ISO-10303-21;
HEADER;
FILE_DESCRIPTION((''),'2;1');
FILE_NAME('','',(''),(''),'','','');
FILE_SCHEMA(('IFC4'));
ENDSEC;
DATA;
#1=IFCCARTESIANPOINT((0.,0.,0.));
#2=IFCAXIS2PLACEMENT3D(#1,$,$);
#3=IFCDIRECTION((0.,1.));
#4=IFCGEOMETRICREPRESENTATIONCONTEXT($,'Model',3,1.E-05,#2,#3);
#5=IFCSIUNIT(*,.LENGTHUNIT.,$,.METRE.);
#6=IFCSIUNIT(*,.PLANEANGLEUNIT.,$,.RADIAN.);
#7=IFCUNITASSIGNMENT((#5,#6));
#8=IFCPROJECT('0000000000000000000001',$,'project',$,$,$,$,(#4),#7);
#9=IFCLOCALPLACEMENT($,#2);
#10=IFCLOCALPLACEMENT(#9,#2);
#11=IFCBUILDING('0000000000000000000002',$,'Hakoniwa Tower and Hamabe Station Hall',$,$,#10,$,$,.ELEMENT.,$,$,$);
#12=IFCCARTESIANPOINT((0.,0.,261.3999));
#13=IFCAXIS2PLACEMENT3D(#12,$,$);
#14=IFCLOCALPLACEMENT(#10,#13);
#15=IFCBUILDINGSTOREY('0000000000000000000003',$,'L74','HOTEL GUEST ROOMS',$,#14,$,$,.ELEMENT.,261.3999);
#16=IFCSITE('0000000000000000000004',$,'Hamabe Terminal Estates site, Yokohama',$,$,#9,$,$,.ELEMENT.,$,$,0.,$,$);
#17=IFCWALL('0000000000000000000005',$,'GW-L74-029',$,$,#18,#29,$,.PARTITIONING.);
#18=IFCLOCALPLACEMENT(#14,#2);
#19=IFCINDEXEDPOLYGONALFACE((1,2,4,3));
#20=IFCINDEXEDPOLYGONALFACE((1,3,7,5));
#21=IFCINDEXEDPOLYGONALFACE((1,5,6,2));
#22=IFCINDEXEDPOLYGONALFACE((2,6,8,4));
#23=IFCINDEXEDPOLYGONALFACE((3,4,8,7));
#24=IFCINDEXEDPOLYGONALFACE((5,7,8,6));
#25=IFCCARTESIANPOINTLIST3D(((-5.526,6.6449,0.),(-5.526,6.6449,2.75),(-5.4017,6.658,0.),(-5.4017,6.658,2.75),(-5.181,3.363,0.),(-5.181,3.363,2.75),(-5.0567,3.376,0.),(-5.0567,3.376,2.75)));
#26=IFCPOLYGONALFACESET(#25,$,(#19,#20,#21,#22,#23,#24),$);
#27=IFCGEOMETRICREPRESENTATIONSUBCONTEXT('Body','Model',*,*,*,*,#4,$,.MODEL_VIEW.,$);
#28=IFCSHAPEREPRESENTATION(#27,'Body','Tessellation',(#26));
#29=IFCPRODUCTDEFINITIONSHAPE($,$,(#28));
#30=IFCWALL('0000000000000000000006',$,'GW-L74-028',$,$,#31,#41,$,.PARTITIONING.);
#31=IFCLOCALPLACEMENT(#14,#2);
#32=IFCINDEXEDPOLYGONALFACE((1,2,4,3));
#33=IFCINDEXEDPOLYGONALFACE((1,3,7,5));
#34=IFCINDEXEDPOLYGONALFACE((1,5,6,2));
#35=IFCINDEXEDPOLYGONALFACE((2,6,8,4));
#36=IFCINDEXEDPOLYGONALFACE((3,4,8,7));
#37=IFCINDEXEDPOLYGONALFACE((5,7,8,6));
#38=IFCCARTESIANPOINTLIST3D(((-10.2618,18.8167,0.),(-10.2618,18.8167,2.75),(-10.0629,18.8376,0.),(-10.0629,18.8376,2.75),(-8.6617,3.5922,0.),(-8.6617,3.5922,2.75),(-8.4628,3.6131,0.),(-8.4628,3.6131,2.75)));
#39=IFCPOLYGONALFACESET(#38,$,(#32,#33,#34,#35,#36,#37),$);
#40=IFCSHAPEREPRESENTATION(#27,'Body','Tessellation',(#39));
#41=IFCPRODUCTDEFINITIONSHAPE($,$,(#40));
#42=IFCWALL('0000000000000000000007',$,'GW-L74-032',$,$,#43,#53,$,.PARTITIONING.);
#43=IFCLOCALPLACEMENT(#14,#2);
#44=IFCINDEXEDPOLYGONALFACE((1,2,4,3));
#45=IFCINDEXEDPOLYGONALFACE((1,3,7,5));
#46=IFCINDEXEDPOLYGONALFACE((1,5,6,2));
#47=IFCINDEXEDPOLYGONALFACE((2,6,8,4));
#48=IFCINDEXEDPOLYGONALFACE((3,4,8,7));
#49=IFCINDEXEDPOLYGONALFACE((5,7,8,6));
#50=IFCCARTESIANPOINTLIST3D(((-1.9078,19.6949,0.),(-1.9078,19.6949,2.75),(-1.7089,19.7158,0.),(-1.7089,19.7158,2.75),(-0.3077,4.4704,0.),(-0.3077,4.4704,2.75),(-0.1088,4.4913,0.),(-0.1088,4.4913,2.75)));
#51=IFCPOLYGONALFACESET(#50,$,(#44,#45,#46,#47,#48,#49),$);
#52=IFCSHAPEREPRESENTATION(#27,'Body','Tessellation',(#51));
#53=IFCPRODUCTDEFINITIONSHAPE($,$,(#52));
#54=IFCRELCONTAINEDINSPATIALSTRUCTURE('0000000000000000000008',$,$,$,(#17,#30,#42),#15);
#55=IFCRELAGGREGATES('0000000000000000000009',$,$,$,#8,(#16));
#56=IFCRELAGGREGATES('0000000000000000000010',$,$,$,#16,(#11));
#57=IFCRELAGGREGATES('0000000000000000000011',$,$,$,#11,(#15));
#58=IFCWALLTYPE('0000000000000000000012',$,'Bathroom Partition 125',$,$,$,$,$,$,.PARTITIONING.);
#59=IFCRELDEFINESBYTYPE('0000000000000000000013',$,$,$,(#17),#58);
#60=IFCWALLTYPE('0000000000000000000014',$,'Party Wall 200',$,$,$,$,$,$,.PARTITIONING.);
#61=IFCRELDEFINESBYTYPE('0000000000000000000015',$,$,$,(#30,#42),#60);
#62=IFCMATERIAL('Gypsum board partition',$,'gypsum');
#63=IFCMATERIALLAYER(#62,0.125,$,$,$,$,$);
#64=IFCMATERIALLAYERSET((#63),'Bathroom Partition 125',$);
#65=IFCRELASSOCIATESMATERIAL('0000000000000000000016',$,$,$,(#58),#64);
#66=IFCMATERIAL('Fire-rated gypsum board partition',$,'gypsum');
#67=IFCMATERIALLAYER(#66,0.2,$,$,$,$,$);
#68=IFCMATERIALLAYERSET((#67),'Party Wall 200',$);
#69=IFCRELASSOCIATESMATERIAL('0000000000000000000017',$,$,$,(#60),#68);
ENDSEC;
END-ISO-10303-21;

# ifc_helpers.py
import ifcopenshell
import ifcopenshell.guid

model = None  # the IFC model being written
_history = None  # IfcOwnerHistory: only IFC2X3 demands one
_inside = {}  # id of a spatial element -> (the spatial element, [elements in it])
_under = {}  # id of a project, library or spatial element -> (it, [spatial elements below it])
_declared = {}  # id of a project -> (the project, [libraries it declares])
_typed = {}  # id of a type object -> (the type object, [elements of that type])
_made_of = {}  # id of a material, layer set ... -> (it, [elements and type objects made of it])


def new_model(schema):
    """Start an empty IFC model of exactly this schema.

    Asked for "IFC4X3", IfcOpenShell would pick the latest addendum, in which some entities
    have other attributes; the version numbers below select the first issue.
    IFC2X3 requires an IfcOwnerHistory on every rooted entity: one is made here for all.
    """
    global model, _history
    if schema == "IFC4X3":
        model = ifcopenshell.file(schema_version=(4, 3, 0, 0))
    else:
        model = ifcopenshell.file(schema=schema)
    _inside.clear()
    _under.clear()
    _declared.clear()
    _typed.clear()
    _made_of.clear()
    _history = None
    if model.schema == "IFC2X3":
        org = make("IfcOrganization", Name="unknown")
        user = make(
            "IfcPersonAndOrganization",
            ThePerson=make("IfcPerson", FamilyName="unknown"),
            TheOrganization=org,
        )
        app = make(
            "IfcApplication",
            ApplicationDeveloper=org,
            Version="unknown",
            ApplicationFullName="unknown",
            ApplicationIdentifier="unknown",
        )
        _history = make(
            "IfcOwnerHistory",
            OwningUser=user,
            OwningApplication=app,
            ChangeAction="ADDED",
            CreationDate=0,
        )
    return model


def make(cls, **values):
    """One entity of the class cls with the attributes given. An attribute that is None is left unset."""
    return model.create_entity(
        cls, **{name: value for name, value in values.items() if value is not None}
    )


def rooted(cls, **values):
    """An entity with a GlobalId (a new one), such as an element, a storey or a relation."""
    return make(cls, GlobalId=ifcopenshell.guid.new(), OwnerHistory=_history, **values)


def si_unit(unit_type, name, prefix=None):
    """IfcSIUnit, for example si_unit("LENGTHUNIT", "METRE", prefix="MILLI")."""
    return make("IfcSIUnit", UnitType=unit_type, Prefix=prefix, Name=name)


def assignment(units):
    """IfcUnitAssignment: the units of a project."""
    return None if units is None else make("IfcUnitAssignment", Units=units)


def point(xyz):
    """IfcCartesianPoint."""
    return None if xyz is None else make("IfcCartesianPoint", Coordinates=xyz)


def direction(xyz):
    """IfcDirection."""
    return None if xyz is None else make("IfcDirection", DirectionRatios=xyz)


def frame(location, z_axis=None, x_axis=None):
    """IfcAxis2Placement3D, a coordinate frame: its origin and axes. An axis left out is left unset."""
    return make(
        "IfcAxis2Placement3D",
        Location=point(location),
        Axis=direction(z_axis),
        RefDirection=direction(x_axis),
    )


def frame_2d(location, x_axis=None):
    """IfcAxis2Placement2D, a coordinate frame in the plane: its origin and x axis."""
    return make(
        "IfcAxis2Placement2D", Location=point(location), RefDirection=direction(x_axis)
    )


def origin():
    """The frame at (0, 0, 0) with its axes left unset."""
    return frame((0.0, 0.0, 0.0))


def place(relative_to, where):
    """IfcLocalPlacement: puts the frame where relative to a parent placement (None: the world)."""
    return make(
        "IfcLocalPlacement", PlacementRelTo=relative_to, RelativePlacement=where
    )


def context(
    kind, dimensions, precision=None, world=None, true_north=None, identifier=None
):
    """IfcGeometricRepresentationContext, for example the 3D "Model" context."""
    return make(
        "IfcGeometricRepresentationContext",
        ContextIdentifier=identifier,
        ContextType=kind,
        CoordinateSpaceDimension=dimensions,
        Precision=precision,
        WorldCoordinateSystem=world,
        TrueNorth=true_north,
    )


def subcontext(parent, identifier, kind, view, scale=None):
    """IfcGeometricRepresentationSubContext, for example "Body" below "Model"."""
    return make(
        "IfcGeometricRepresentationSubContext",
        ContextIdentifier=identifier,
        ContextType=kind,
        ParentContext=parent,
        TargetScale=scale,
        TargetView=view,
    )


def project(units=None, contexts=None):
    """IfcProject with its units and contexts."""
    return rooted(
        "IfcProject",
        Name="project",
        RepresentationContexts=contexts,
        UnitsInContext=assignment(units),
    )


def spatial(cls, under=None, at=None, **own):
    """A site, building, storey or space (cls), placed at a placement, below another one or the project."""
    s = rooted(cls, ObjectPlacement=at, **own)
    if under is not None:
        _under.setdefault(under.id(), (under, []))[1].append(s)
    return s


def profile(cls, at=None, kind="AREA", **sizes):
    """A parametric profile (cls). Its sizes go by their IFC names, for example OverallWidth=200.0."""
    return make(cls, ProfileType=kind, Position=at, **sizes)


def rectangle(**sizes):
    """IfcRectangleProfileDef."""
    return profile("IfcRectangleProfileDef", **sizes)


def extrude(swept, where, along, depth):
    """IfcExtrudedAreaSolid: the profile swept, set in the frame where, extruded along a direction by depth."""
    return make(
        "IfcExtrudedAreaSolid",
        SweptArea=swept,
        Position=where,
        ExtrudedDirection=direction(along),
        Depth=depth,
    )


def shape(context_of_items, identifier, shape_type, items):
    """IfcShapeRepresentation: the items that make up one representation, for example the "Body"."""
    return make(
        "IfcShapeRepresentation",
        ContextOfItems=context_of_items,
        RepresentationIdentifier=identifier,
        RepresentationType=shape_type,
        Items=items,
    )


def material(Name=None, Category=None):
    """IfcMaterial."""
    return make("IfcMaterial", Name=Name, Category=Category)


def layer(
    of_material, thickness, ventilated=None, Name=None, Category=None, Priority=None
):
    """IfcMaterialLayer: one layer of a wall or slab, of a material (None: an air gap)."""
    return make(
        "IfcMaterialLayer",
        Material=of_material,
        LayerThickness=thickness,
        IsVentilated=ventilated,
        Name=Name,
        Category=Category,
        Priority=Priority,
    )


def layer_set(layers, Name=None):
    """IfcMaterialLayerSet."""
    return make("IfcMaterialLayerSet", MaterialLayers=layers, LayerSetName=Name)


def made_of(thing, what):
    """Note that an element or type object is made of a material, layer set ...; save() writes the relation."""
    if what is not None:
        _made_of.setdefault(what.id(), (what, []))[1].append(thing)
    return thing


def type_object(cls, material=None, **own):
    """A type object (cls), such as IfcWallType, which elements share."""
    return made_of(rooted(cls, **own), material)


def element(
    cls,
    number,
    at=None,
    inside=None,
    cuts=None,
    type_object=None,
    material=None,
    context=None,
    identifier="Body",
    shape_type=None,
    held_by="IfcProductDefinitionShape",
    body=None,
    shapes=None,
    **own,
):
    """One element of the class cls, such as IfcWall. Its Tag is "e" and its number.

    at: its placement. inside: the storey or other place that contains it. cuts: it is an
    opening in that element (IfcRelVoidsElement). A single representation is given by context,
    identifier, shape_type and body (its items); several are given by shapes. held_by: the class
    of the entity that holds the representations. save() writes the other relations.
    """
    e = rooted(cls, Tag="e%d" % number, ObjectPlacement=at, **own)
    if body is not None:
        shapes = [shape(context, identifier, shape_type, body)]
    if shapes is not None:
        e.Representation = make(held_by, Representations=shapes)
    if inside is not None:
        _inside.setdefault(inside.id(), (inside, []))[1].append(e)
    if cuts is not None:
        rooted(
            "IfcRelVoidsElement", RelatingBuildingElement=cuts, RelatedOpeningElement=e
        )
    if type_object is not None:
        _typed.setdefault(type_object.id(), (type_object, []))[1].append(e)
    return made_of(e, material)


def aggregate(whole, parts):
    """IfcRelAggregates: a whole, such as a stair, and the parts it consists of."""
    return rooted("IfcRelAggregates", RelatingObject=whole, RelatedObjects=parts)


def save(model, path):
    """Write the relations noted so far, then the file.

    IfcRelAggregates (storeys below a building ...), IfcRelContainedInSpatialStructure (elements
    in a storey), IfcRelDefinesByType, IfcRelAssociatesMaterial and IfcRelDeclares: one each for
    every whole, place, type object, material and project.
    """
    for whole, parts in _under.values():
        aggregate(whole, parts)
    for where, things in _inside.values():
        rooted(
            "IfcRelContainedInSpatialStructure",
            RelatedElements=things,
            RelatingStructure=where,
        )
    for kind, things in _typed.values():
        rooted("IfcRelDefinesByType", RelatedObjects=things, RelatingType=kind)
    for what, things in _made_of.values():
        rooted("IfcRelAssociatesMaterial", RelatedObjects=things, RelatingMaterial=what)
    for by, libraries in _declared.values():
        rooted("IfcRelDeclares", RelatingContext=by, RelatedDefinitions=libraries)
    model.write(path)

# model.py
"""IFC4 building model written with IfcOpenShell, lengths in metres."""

from ifc_helpers import new_model, si_unit, direction, frame, frame_2d, origin, place, context, subcontext, project, spatial, rectangle, extrude, material, layer, layer_set, type_object, element, save


model = new_model("IFC4")

# Units and contexts
model_context = context("Model", 3, precision=1e-05, world=origin(), true_north=direction((0.0, 1.0)))
body_context = subcontext(model_context, "Body", "Model", "MODEL_VIEW")
ifc_project = project(units=[si_unit("LENGTHUNIT", "METRE"), si_unit("PLANEANGLEUNIT", "RADIAN")], contexts=[model_context])

# Site, building, storey
site_placement = place(None, origin())
site = spatial("IfcSite", under=ifc_project, at=site_placement, Name="Hamabe Terminal Estates site, Yokohama", CompositionType="ELEMENT", RefElevation=0.0)
building_placement = place(site_placement, origin())
building = spatial("IfcBuilding", under=site, at=building_placement, Name="Hakoniwa Tower and Hamabe Station Hall", CompositionType="ELEMENT")
storey_placement = place(building_placement, frame((0.0, 0.0, 261.3999)))
storey = spatial("IfcBuildingStorey", under=building, at=storey_placement, Name="L74", Description="HOTEL GUEST ROOMS", CompositionType="ELEMENT", Elevation=261.3999)

# Walls
ifc_material_1 = material(Name="Gypsum board partition", Category="gypsum")
ifc_layer_1 = layer(ifc_material_1, 0.125)
ifc_layer_set_1 = layer_set([ifc_layer_1], Name="Bathroom Partition 125")
wall_type_1 = type_object("IfcWallType", Name="Bathroom Partition 125", PredefinedType="PARTITIONING", material=ifc_layer_set_1)
wall_1_placement = place(storey_placement, frame((-5.1189, 3.3696, 0.0), z_axis=(0.0, 0.0, 1.0), x_axis=(-0.104535, 0.994521, 0.0)))
element("IfcWall", 1, at=wall_1_placement, inside=storey, type_object=wall_type_1, Name="GW-L74-029", PredefinedType="PARTITIONING", context=body_context, shape_type="SweptSolid", body=[
    extrude(rectangle(XDim=3.3, YDim=0.125, at=frame_2d((1.6499, 0.0))), origin(), (0.0, 0.0, 1.0), 2.75),
])
ifc_material_2 = material(Name="Fire-rated gypsum board partition", Category="gypsum")
ifc_layer_2 = layer(ifc_material_2, 0.2)
ifc_layer_set_2 = layer_set([ifc_layer_2], Name="Party Wall 200")
wall_type_2 = type_object("IfcWallType", Name="Party Wall 200", PredefinedType="PARTITIONING", material=ifc_layer_set_2)
for number, where, z_axis, x_axis, name in (
    (2, (-8.5623, 3.6025, 0.0), (0.0, 0.0, 1.0), (-0.104524, 0.994522, 0.0), "GW-L74-028"),
    (3, (-0.2083, 4.4807, 0.0), (0.0, 0.0, 1.0), (-0.104524, 0.994522, 0.0), "GW-L74-032"),
):
    element("IfcWall", number, at=place(storey_placement, frame(where, z_axis=z_axis, x_axis=x_axis)), inside=storey, type_object=wall_type_2, Name=name, PredefinedType="PARTITIONING", context=body_context, shape_type="SweptSolid", body=[
        extrude(rectangle(XDim=15.3083, YDim=0.2, at=frame_2d((7.6543, 0.0))), origin(), (0.0, 0.0, 1.0), 2.75),
    ])

save(model, "model.ifc")
